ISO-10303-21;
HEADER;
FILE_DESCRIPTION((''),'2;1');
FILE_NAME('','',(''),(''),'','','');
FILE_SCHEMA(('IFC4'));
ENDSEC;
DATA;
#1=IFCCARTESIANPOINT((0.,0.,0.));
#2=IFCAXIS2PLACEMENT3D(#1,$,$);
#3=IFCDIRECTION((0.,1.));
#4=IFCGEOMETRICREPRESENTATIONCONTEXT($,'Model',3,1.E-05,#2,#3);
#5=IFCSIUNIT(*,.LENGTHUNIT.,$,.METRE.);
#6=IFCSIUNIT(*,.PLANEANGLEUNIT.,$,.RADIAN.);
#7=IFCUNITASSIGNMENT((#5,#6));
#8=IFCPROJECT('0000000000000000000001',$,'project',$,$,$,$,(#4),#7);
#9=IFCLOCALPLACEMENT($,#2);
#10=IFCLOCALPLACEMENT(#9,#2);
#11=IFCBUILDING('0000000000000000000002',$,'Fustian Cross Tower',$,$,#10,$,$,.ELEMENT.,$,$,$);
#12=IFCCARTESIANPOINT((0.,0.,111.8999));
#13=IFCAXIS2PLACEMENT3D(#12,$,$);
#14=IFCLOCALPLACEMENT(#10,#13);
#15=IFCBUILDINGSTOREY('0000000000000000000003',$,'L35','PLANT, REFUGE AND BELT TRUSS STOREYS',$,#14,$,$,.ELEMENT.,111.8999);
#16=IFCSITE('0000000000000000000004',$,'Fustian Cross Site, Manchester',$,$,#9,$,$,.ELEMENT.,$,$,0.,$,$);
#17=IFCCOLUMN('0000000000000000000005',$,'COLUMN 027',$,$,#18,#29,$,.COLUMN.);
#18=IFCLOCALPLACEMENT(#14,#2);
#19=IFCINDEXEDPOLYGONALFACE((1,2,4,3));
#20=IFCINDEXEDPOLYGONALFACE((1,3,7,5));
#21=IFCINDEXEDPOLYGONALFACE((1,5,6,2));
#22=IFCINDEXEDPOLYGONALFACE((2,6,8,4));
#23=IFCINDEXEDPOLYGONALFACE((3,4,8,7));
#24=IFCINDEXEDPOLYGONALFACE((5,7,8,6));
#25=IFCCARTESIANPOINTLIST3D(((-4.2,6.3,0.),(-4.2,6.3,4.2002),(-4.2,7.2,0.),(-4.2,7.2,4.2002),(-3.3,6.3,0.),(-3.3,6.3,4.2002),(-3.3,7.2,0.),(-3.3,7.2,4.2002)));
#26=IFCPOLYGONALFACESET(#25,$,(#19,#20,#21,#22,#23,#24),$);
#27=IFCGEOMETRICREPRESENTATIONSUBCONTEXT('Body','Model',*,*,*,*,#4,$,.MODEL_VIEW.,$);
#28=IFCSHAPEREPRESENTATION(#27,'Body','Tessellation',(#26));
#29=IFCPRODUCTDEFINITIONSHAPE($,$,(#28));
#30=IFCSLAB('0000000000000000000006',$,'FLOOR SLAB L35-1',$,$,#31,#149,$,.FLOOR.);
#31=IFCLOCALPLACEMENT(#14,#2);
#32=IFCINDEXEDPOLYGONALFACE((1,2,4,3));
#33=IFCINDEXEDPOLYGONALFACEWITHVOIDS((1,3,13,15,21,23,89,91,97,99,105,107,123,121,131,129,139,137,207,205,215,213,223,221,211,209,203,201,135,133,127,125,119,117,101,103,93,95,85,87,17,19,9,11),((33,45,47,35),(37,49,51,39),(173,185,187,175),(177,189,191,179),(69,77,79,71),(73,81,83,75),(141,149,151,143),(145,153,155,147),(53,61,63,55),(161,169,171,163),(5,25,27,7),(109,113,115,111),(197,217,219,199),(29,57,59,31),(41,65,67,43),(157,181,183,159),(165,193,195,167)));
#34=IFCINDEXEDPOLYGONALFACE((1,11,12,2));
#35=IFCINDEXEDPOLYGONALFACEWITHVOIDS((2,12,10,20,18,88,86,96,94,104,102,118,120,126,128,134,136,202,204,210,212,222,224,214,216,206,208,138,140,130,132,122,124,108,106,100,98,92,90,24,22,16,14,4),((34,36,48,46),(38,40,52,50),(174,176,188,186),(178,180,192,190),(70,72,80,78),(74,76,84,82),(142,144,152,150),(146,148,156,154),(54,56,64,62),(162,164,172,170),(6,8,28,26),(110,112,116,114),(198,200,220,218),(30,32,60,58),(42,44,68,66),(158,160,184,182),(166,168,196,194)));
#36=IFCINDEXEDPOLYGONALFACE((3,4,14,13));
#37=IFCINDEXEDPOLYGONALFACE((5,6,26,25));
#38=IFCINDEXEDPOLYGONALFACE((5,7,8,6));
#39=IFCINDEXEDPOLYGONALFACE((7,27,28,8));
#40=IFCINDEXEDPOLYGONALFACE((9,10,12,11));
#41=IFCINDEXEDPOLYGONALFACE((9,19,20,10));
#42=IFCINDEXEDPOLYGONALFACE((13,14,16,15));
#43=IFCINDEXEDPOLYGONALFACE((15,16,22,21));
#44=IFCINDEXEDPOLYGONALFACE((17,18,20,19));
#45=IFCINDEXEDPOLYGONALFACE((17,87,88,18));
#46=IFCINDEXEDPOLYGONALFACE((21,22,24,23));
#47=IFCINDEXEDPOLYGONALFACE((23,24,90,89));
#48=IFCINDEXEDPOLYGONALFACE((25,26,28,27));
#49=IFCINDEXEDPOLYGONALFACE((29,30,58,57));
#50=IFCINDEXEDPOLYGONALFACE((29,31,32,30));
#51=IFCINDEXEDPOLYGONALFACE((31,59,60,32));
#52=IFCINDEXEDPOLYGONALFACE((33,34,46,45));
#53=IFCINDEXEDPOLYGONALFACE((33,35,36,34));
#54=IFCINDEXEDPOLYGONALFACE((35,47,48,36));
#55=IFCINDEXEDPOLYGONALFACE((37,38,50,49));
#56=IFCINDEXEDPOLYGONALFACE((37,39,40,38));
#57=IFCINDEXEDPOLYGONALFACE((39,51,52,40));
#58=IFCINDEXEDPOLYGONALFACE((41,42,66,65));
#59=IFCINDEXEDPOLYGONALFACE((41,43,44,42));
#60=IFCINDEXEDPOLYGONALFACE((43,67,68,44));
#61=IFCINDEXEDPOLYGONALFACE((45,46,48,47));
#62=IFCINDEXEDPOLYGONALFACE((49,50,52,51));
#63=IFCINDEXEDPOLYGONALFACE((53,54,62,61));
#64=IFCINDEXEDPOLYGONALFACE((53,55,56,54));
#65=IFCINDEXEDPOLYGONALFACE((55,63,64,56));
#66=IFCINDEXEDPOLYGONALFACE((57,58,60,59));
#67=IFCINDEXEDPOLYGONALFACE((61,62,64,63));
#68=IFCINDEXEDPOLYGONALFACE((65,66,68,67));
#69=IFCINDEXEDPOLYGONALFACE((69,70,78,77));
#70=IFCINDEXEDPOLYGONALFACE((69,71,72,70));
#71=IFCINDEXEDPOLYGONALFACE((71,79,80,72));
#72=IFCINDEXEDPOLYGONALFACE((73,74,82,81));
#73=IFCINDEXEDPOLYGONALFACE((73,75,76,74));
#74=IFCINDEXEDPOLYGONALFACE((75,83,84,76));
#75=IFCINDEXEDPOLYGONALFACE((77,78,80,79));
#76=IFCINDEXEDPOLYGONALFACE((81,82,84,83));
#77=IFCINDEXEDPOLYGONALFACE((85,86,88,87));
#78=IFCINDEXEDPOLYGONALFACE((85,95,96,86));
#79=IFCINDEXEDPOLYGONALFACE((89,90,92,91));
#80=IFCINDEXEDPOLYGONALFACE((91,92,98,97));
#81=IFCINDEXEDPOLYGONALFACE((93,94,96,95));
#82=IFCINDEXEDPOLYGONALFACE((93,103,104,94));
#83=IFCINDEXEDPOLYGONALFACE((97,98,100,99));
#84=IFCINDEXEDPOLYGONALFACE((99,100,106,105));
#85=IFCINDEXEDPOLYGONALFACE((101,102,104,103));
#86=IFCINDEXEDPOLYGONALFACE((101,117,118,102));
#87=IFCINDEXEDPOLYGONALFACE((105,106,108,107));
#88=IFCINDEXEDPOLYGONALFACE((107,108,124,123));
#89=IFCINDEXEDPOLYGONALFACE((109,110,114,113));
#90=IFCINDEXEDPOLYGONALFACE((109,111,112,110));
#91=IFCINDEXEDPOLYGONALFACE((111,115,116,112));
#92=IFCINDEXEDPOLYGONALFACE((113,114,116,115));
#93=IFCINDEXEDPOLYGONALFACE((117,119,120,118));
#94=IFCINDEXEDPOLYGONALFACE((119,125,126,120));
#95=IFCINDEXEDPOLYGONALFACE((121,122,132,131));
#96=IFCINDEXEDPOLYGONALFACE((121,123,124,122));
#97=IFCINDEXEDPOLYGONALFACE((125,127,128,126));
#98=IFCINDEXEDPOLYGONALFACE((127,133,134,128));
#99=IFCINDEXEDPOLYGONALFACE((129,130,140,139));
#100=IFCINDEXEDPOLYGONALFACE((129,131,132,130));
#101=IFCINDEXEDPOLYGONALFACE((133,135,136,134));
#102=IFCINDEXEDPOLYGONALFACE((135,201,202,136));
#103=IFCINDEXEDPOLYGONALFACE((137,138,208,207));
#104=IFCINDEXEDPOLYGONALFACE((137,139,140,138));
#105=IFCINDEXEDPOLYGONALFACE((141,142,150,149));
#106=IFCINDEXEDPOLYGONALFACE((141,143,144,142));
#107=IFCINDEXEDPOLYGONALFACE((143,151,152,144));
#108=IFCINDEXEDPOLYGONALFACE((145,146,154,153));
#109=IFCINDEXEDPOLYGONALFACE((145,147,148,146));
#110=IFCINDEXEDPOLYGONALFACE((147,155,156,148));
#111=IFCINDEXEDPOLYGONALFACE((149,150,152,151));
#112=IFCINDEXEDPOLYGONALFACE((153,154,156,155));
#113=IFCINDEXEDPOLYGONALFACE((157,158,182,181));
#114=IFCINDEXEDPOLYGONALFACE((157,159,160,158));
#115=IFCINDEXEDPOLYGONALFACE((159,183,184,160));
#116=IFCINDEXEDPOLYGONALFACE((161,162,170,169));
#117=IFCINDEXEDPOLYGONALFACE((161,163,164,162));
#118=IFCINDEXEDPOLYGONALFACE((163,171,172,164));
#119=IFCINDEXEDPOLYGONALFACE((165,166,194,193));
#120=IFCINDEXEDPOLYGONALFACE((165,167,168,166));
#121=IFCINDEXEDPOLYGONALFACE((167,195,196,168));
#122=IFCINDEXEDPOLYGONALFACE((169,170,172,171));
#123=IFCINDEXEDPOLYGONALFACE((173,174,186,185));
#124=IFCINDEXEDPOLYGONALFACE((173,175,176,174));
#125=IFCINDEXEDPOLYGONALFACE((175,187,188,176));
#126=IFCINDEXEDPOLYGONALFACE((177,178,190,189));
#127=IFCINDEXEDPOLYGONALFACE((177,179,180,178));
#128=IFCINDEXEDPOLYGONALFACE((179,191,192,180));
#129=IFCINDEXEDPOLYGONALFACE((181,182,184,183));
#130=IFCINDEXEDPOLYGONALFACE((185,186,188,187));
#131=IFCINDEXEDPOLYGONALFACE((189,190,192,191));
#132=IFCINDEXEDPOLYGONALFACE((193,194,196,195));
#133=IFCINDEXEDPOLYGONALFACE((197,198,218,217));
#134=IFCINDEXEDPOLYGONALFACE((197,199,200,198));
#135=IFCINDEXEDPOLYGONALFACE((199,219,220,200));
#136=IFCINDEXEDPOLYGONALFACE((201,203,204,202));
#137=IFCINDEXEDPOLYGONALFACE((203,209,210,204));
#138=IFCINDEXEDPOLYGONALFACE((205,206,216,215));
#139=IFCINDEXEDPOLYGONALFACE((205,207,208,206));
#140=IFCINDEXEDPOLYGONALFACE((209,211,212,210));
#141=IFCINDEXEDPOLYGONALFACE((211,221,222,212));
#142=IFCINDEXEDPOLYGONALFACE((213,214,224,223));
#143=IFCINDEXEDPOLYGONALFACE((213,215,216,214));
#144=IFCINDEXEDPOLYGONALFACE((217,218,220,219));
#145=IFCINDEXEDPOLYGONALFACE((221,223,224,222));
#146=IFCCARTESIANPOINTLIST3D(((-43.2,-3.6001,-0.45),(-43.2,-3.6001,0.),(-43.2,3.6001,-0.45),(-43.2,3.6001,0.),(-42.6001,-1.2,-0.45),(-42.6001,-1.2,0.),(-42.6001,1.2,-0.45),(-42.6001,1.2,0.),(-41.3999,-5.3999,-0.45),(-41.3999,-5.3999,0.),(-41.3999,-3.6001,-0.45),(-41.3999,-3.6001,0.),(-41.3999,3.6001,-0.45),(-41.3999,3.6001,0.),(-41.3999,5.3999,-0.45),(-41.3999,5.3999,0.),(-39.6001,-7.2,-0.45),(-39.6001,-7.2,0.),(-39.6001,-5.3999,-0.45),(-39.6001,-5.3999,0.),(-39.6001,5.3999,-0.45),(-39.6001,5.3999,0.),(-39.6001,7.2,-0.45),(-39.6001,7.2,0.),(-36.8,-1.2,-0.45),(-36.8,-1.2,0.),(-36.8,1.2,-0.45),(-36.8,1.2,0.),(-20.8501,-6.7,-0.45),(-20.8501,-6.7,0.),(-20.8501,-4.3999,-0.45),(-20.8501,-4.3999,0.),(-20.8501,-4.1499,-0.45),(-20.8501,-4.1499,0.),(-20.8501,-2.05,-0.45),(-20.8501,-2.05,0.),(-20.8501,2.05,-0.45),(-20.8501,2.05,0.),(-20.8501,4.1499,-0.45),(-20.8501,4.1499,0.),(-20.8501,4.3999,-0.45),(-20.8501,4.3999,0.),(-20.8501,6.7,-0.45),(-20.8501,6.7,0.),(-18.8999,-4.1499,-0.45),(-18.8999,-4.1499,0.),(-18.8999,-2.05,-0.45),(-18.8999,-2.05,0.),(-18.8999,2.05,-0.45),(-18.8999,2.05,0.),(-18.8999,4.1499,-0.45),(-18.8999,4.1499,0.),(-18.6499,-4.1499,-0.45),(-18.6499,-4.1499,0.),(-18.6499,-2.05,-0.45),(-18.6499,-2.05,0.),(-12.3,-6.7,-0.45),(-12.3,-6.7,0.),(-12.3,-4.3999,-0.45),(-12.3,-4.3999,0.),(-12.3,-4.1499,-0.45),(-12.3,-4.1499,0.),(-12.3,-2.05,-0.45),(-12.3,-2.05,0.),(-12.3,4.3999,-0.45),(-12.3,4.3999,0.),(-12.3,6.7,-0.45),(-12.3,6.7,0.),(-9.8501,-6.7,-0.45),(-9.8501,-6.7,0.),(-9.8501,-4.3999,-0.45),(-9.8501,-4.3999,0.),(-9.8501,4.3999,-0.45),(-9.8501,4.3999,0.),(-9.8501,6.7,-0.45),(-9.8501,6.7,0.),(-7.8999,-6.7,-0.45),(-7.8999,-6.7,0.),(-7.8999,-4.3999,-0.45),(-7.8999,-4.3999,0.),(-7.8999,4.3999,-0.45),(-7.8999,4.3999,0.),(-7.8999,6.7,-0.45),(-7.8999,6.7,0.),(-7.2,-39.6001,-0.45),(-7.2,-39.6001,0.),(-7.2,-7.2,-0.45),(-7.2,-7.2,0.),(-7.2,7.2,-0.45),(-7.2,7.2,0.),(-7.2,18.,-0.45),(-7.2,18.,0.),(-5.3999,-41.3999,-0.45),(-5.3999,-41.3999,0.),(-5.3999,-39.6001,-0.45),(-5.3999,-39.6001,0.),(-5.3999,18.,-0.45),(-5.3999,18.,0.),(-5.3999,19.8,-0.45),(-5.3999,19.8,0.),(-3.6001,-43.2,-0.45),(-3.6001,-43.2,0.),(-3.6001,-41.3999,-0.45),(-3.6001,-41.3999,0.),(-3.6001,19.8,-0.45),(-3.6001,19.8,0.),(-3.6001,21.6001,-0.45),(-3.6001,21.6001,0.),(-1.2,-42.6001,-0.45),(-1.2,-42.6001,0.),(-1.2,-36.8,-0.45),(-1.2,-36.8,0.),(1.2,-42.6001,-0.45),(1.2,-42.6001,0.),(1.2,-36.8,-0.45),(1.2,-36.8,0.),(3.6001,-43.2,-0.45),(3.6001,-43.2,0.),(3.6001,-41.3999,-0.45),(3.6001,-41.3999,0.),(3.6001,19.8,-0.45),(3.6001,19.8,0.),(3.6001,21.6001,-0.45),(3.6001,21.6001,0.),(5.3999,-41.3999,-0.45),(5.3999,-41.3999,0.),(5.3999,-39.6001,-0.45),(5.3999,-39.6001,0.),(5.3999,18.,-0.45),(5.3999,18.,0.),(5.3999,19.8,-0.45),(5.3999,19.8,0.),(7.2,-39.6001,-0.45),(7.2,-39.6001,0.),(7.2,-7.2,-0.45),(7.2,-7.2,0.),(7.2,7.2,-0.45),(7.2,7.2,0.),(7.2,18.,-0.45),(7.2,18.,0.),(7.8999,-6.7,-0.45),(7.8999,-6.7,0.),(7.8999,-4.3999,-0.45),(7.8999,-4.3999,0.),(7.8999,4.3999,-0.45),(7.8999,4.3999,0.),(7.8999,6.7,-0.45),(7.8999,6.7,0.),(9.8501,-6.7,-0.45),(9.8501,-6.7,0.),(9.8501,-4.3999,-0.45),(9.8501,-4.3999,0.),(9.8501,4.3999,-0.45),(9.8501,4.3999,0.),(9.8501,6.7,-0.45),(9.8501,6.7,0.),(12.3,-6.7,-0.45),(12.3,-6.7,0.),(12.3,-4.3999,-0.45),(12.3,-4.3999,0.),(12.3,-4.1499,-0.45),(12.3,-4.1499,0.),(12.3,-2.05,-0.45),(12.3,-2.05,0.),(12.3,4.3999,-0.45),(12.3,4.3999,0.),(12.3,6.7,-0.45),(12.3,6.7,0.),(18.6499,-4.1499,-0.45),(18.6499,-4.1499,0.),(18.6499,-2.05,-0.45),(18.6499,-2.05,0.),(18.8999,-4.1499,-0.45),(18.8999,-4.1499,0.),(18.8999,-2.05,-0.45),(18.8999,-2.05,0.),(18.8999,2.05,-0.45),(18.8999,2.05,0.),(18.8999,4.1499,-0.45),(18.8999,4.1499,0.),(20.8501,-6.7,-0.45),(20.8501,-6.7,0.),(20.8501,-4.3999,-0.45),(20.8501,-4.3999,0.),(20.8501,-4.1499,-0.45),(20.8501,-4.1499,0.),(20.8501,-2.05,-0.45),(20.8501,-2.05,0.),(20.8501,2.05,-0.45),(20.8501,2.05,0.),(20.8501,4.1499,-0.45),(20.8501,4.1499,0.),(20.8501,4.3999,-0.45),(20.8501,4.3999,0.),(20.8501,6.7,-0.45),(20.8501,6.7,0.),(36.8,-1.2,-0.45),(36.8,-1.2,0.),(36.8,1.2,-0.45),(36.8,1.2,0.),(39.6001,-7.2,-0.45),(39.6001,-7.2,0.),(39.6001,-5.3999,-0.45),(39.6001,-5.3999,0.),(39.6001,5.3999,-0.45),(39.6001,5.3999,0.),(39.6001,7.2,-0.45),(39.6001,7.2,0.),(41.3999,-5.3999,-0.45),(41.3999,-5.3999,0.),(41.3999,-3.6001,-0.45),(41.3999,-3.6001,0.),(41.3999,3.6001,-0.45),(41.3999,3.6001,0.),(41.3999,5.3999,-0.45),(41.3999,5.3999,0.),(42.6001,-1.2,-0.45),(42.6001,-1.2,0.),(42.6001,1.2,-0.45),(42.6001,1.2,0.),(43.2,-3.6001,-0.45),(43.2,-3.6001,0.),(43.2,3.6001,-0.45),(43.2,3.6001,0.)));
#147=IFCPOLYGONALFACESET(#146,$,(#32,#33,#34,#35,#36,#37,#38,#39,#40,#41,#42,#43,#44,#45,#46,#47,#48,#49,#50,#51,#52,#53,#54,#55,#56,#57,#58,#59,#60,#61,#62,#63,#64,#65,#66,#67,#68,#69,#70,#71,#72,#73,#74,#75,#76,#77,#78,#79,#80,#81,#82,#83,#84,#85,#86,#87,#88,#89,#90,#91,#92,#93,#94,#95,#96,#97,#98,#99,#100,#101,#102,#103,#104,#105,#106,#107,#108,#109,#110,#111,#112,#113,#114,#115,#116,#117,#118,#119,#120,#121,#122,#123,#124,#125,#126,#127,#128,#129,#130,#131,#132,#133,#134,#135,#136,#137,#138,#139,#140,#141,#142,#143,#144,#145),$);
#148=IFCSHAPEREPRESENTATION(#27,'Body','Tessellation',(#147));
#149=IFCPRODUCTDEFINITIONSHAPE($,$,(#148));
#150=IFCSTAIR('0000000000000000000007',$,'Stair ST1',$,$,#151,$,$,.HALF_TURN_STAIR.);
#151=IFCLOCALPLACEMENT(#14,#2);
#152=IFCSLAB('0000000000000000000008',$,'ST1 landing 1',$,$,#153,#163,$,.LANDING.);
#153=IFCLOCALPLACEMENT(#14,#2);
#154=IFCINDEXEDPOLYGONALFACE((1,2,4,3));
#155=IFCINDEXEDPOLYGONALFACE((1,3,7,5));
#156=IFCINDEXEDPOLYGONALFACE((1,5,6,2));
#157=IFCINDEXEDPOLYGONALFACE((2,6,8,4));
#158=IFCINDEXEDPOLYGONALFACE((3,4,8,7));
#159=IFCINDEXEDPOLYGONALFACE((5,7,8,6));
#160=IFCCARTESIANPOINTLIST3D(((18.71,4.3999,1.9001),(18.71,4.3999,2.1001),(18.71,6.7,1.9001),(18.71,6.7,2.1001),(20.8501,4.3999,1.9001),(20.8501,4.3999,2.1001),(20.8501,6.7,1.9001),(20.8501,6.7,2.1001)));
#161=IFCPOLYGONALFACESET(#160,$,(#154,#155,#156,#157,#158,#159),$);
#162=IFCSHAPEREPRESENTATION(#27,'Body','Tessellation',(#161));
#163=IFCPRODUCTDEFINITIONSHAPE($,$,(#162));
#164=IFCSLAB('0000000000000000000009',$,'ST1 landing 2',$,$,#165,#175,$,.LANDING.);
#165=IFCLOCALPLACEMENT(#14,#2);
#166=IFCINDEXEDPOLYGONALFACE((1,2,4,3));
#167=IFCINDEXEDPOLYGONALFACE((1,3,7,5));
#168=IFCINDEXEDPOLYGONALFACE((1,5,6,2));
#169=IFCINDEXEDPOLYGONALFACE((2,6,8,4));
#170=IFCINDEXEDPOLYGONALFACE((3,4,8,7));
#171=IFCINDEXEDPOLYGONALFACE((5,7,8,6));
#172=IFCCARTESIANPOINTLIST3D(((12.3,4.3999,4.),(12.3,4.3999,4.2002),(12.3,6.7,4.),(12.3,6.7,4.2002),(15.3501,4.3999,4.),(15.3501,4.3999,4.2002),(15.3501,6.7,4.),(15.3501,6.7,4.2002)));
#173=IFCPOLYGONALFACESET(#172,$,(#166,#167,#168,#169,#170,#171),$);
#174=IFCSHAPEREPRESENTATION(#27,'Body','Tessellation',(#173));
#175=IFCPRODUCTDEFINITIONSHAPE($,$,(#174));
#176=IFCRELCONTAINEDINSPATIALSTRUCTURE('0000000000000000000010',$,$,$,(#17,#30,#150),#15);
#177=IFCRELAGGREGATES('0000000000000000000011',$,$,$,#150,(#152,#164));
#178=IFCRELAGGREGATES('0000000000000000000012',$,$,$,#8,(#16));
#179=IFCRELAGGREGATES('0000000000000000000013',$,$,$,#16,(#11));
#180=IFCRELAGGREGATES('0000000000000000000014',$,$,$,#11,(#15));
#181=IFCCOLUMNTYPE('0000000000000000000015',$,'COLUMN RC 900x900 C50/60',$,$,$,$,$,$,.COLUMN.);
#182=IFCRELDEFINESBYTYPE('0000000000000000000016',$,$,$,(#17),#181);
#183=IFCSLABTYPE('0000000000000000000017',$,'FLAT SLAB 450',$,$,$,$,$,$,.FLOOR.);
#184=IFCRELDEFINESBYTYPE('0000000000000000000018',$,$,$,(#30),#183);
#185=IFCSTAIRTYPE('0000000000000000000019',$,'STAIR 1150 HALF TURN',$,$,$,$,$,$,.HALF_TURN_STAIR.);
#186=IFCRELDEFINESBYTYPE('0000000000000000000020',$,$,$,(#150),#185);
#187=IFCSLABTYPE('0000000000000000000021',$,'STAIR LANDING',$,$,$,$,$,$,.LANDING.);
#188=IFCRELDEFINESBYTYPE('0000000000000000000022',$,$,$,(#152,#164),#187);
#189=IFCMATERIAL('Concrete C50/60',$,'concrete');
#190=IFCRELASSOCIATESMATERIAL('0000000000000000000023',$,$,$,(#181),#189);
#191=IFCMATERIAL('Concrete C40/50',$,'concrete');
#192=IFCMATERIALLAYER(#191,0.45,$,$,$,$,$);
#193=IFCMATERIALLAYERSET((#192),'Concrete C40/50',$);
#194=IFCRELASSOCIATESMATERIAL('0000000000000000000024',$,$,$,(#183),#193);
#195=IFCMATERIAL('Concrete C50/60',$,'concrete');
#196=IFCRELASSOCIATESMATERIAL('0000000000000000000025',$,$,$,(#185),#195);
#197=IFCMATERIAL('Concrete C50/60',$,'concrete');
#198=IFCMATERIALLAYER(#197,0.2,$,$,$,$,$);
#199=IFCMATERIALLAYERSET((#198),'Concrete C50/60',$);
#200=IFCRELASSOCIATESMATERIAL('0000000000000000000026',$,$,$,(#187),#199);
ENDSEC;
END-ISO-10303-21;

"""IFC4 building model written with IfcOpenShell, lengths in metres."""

from ifc_helpers import new_model, si_unit, direction, frame, origin, origin_2d, place, context, subcontext, project, spatial, polyline, rectangle, outline, extrude, material, layer, layer_set, material_profile, profile_set, type_object, element, aggregate, save


model = new_model("IFC4")

# Units and contexts
model_context = context("Model", 3, precision=1e-05, world=origin(), true_north=direction((0.0, 1.0)))
body_context = subcontext(model_context, "Body", "Model", "MODEL_VIEW")
ifc_project = project(units=[si_unit("LENGTHUNIT", "METRE"), si_unit("PLANEANGLEUNIT", "RADIAN")], contexts=[model_context])

# Site, building, storey
site_placement = place(None, origin())
site = spatial("IfcSite", under=ifc_project, at=site_placement, Name="Fustian Cross Site, Manchester", CompositionType="ELEMENT", RefElevation=0.0)
building_placement = place(site_placement, origin())
building = spatial("IfcBuilding", under=site, at=building_placement, Name="Fustian Cross Tower", CompositionType="ELEMENT")
storey_placement = place(building_placement, frame((0.0, 0.0, 111.8999)))
storey = spatial("IfcBuildingStorey", under=building, at=storey_placement, Name="L35", Description="PLANT, REFUGE AND BELT TRUSS STOREYS", CompositionType="ELEMENT", Elevation=111.8999)

# Column
ifc_material_1 = material(Name="Concrete C50/60", Category="concrete")
ifc_material_profile = material_profile(ifc_material_1, rectangle(XDim=0.8999, YDim=0.8999, at=origin_2d()), Name="RC 900x900")
ifc_profile_set = profile_set([ifc_material_profile], Name="Concrete C50/60")
column_type = type_object("IfcColumnType", Name="COLUMN RC 900x900 C50/60", PredefinedType="COLUMN", material=ifc_profile_set)
column_placement = place(storey_placement, frame((-3.75, 6.75, 0.0), z_axis=(0.0, 0.0, 1.0), x_axis=(1.0, 0.0, 0.0)))
element("IfcColumn", 1, at=column_placement, inside=storey, type_object=column_type, Name="COLUMN 027", PredefinedType="COLUMN", context=body_context, shape_type="SweptSolid", body=[
    extrude(rectangle(XDim=0.8999, YDim=0.8999, at=origin_2d()), origin(), (0.0, 0.0, 1.0), 4.2002),
])

# Slab
ifc_material_2 = material(Name="Concrete C40/50", Category="concrete")
ifc_layer_1 = layer(ifc_material_2, 0.45)
ifc_layer_set_1 = layer_set([ifc_layer_1], Name="Concrete C40/50")
slab_type_1 = type_object("IfcSlabType", Name="FLAT SLAB 450", PredefinedType="FLOOR", material=ifc_layer_set_1)
slab_1_placement = place(storey_placement, frame((0.0, 0.0, -0.45)))
element("IfcSlab", 2, at=slab_1_placement, inside=storey, type_object=slab_type_1, Name="FLOOR SLAB L35-1", PredefinedType="FLOOR", context=body_context, shape_type="SweptSolid", body=[
    extrude(outline(polyline([(-43.2, -3.6001), (-43.2, 3.6001), (-41.3999, 3.6001), (-41.3999, 5.3999), (-39.6001, 5.3999), (-39.6001, 7.2), (-7.2, 7.2), (-7.2, 18.0), (-5.3999, 18.0), (-5.3999, 19.8), (-3.6001, 19.8), (-3.6001, 21.6001), (3.6001, 21.6001), (3.6001, 19.8), (5.3999, 19.8), (5.3999, 18.0), (7.2, 18.0), (7.2, 7.2), (39.6001, 7.2), (39.6001, 5.3999), (41.3999, 5.3999), (41.3999, 3.6001), (43.2, 3.6001), (43.2, -3.6001), (41.3999, -3.6001), (41.3999, -5.3999), (39.6001, -5.3999), (39.6001, -7.2), (7.2, -7.2), (7.2, -39.6001), (5.3999, -39.6001), (5.3999, -41.3999), (3.6001, -41.3999), (3.6001, -43.2), (-3.6001, -43.2), (-3.6001, -41.3999), (-5.3999, -41.3999), (-5.3999, -39.6001), (-7.2, -39.6001), (-7.2, -7.2), (-39.6001, -7.2), (-39.6001, -5.3999), (-41.3999, -5.3999), (-41.3999, -3.6001), (-43.2, -3.6001)]), holes=[polyline([(20.8501, -2.05), (18.8999, -2.05), (18.8999, -4.1499), (20.8501, -4.1499), (20.8501, -2.05)]), polyline([(20.8501, 2.05), (20.8501, 4.1499), (18.8999, 4.1499), (18.8999, 2.05), (20.8501, 2.05)]), polyline([(7.8999, 4.3999), (9.8501, 4.3999), (9.8501, 6.7), (7.8999, 6.7), (7.8999, 4.3999)]), polyline([(7.8999, -4.3999), (7.8999, -6.7), (9.8501, -6.7), (9.8501, -4.3999), (7.8999, -4.3999)]), polyline([(-18.8999, -2.05), (-20.8501, -2.05), (-20.8501, -4.1499), (-18.8999, -4.1499), (-18.8999, -2.05)]), polyline([(-18.8999, 2.05), (-18.8999, 4.1499), (-20.8501, 4.1499), (-20.8501, 2.05), (-18.8999, 2.05)]), polyline([(-9.8501, 4.3999), (-7.8999, 4.3999), (-7.8999, 6.7), (-9.8501, 6.7), (-9.8501, 4.3999)]), polyline([(-9.8501, -4.3999), (-9.8501, -6.7), (-7.8999, -6.7), (-7.8999, -4.3999), (-9.8501, -4.3999)]), polyline([(18.6499, -2.05), (12.3, -2.05), (12.3, -4.1499), (18.6499, -4.1499), (18.6499, -2.05)]), polyline([(-12.3, -4.1499), (-12.3, -2.05), (-18.6499, -2.05), (-18.6499, -4.1499), (-12.3, -4.1499)]), polyline([(12.3, 4.3999), (20.8501, 4.3999), (20.8501, 6.7), (12.3, 6.7), (12.3, 4.3999)]), polyline([(12.3, -4.3999), (12.3, -6.7), (20.8501, -6.7), (20.8501, -4.3999), (12.3, -4.3999)]), polyline([(-12.3, 6.7), (-20.8501, 6.7), (-20.8501, 4.3999), (-12.3, 4.3999), (-12.3, 6.7)]), polyline([(-12.3, -6.7), (-12.3, -4.3999), (-20.8501, -4.3999), (-20.8501, -6.7), (-12.3, -6.7)]), polyline([(-1.2, -42.6001), (1.2, -42.6001), (1.2, -36.8), (-1.2, -36.8), (-1.2, -42.6001)]), polyline([(36.8, 1.2), (36.8, -1.2), (42.6001, -1.2), (42.6001, 1.2), (36.8, 1.2)]), polyline([(-36.8, 1.2), (-42.6001, 1.2), (-42.6001, -1.2), (-36.8, -1.2), (-36.8, 1.2)])]), origin(), (0.0, 0.0, 1.0), 0.45),
])

# Stair, slabs
ifc_material_3 = material(Name="Concrete C50/60", Category="concrete")
stair_type = type_object("IfcStairType", Name="STAIR 1150 HALF TURN", PredefinedType="HALF_TURN_STAIR", material=ifc_material_3)
stair_1_placement = place(storey_placement, origin())
stair_1 = element("IfcStair", 3, at=stair_1_placement, inside=storey, type_object=stair_type, Name="Stair ST1", PredefinedType="HALF_TURN_STAIR")
ifc_material_4 = material(Name="Concrete C50/60", Category="concrete")
ifc_layer_2 = layer(ifc_material_4, 0.2)
ifc_layer_set_2 = layer_set([ifc_layer_2], Name="Concrete C50/60")
slab_type_2 = type_object("IfcSlabType", Name="STAIR LANDING", PredefinedType="LANDING", material=ifc_layer_set_2)
slab_2_placement = place(storey_placement, frame((0.0, 0.0, 1.9001)))
slab_2 = element("IfcSlab", 4, at=slab_2_placement, type_object=slab_type_2, Name="ST1 landing 1", PredefinedType="LANDING", context=body_context, shape_type="SweptSolid", body=[
    extrude(outline(polyline([(18.71, 4.3999), (20.8501, 4.3999), (20.8501, 6.7), (18.71, 6.7), (18.71, 4.3999)])), origin(), (0.0, 0.0, 1.0), 0.2),
])
slab_3_placement = place(storey_placement, frame((0.0, 0.0, 4.0)))
slab_3 = element("IfcSlab", 5, at=slab_3_placement, type_object=slab_type_2, Name="ST1 landing 2", PredefinedType="LANDING", context=body_context, shape_type="SweptSolid", body=[
    extrude(outline(polyline([(12.3, 4.3999), (15.3501, 4.3999), (15.3501, 6.7), (12.3, 6.7), (12.3, 4.3999)])), origin(), (0.0, 0.0, 1.0), 0.2002),
])
aggregate(stair_1, [slab_2, slab_3])

save(model, "model.ifc")
